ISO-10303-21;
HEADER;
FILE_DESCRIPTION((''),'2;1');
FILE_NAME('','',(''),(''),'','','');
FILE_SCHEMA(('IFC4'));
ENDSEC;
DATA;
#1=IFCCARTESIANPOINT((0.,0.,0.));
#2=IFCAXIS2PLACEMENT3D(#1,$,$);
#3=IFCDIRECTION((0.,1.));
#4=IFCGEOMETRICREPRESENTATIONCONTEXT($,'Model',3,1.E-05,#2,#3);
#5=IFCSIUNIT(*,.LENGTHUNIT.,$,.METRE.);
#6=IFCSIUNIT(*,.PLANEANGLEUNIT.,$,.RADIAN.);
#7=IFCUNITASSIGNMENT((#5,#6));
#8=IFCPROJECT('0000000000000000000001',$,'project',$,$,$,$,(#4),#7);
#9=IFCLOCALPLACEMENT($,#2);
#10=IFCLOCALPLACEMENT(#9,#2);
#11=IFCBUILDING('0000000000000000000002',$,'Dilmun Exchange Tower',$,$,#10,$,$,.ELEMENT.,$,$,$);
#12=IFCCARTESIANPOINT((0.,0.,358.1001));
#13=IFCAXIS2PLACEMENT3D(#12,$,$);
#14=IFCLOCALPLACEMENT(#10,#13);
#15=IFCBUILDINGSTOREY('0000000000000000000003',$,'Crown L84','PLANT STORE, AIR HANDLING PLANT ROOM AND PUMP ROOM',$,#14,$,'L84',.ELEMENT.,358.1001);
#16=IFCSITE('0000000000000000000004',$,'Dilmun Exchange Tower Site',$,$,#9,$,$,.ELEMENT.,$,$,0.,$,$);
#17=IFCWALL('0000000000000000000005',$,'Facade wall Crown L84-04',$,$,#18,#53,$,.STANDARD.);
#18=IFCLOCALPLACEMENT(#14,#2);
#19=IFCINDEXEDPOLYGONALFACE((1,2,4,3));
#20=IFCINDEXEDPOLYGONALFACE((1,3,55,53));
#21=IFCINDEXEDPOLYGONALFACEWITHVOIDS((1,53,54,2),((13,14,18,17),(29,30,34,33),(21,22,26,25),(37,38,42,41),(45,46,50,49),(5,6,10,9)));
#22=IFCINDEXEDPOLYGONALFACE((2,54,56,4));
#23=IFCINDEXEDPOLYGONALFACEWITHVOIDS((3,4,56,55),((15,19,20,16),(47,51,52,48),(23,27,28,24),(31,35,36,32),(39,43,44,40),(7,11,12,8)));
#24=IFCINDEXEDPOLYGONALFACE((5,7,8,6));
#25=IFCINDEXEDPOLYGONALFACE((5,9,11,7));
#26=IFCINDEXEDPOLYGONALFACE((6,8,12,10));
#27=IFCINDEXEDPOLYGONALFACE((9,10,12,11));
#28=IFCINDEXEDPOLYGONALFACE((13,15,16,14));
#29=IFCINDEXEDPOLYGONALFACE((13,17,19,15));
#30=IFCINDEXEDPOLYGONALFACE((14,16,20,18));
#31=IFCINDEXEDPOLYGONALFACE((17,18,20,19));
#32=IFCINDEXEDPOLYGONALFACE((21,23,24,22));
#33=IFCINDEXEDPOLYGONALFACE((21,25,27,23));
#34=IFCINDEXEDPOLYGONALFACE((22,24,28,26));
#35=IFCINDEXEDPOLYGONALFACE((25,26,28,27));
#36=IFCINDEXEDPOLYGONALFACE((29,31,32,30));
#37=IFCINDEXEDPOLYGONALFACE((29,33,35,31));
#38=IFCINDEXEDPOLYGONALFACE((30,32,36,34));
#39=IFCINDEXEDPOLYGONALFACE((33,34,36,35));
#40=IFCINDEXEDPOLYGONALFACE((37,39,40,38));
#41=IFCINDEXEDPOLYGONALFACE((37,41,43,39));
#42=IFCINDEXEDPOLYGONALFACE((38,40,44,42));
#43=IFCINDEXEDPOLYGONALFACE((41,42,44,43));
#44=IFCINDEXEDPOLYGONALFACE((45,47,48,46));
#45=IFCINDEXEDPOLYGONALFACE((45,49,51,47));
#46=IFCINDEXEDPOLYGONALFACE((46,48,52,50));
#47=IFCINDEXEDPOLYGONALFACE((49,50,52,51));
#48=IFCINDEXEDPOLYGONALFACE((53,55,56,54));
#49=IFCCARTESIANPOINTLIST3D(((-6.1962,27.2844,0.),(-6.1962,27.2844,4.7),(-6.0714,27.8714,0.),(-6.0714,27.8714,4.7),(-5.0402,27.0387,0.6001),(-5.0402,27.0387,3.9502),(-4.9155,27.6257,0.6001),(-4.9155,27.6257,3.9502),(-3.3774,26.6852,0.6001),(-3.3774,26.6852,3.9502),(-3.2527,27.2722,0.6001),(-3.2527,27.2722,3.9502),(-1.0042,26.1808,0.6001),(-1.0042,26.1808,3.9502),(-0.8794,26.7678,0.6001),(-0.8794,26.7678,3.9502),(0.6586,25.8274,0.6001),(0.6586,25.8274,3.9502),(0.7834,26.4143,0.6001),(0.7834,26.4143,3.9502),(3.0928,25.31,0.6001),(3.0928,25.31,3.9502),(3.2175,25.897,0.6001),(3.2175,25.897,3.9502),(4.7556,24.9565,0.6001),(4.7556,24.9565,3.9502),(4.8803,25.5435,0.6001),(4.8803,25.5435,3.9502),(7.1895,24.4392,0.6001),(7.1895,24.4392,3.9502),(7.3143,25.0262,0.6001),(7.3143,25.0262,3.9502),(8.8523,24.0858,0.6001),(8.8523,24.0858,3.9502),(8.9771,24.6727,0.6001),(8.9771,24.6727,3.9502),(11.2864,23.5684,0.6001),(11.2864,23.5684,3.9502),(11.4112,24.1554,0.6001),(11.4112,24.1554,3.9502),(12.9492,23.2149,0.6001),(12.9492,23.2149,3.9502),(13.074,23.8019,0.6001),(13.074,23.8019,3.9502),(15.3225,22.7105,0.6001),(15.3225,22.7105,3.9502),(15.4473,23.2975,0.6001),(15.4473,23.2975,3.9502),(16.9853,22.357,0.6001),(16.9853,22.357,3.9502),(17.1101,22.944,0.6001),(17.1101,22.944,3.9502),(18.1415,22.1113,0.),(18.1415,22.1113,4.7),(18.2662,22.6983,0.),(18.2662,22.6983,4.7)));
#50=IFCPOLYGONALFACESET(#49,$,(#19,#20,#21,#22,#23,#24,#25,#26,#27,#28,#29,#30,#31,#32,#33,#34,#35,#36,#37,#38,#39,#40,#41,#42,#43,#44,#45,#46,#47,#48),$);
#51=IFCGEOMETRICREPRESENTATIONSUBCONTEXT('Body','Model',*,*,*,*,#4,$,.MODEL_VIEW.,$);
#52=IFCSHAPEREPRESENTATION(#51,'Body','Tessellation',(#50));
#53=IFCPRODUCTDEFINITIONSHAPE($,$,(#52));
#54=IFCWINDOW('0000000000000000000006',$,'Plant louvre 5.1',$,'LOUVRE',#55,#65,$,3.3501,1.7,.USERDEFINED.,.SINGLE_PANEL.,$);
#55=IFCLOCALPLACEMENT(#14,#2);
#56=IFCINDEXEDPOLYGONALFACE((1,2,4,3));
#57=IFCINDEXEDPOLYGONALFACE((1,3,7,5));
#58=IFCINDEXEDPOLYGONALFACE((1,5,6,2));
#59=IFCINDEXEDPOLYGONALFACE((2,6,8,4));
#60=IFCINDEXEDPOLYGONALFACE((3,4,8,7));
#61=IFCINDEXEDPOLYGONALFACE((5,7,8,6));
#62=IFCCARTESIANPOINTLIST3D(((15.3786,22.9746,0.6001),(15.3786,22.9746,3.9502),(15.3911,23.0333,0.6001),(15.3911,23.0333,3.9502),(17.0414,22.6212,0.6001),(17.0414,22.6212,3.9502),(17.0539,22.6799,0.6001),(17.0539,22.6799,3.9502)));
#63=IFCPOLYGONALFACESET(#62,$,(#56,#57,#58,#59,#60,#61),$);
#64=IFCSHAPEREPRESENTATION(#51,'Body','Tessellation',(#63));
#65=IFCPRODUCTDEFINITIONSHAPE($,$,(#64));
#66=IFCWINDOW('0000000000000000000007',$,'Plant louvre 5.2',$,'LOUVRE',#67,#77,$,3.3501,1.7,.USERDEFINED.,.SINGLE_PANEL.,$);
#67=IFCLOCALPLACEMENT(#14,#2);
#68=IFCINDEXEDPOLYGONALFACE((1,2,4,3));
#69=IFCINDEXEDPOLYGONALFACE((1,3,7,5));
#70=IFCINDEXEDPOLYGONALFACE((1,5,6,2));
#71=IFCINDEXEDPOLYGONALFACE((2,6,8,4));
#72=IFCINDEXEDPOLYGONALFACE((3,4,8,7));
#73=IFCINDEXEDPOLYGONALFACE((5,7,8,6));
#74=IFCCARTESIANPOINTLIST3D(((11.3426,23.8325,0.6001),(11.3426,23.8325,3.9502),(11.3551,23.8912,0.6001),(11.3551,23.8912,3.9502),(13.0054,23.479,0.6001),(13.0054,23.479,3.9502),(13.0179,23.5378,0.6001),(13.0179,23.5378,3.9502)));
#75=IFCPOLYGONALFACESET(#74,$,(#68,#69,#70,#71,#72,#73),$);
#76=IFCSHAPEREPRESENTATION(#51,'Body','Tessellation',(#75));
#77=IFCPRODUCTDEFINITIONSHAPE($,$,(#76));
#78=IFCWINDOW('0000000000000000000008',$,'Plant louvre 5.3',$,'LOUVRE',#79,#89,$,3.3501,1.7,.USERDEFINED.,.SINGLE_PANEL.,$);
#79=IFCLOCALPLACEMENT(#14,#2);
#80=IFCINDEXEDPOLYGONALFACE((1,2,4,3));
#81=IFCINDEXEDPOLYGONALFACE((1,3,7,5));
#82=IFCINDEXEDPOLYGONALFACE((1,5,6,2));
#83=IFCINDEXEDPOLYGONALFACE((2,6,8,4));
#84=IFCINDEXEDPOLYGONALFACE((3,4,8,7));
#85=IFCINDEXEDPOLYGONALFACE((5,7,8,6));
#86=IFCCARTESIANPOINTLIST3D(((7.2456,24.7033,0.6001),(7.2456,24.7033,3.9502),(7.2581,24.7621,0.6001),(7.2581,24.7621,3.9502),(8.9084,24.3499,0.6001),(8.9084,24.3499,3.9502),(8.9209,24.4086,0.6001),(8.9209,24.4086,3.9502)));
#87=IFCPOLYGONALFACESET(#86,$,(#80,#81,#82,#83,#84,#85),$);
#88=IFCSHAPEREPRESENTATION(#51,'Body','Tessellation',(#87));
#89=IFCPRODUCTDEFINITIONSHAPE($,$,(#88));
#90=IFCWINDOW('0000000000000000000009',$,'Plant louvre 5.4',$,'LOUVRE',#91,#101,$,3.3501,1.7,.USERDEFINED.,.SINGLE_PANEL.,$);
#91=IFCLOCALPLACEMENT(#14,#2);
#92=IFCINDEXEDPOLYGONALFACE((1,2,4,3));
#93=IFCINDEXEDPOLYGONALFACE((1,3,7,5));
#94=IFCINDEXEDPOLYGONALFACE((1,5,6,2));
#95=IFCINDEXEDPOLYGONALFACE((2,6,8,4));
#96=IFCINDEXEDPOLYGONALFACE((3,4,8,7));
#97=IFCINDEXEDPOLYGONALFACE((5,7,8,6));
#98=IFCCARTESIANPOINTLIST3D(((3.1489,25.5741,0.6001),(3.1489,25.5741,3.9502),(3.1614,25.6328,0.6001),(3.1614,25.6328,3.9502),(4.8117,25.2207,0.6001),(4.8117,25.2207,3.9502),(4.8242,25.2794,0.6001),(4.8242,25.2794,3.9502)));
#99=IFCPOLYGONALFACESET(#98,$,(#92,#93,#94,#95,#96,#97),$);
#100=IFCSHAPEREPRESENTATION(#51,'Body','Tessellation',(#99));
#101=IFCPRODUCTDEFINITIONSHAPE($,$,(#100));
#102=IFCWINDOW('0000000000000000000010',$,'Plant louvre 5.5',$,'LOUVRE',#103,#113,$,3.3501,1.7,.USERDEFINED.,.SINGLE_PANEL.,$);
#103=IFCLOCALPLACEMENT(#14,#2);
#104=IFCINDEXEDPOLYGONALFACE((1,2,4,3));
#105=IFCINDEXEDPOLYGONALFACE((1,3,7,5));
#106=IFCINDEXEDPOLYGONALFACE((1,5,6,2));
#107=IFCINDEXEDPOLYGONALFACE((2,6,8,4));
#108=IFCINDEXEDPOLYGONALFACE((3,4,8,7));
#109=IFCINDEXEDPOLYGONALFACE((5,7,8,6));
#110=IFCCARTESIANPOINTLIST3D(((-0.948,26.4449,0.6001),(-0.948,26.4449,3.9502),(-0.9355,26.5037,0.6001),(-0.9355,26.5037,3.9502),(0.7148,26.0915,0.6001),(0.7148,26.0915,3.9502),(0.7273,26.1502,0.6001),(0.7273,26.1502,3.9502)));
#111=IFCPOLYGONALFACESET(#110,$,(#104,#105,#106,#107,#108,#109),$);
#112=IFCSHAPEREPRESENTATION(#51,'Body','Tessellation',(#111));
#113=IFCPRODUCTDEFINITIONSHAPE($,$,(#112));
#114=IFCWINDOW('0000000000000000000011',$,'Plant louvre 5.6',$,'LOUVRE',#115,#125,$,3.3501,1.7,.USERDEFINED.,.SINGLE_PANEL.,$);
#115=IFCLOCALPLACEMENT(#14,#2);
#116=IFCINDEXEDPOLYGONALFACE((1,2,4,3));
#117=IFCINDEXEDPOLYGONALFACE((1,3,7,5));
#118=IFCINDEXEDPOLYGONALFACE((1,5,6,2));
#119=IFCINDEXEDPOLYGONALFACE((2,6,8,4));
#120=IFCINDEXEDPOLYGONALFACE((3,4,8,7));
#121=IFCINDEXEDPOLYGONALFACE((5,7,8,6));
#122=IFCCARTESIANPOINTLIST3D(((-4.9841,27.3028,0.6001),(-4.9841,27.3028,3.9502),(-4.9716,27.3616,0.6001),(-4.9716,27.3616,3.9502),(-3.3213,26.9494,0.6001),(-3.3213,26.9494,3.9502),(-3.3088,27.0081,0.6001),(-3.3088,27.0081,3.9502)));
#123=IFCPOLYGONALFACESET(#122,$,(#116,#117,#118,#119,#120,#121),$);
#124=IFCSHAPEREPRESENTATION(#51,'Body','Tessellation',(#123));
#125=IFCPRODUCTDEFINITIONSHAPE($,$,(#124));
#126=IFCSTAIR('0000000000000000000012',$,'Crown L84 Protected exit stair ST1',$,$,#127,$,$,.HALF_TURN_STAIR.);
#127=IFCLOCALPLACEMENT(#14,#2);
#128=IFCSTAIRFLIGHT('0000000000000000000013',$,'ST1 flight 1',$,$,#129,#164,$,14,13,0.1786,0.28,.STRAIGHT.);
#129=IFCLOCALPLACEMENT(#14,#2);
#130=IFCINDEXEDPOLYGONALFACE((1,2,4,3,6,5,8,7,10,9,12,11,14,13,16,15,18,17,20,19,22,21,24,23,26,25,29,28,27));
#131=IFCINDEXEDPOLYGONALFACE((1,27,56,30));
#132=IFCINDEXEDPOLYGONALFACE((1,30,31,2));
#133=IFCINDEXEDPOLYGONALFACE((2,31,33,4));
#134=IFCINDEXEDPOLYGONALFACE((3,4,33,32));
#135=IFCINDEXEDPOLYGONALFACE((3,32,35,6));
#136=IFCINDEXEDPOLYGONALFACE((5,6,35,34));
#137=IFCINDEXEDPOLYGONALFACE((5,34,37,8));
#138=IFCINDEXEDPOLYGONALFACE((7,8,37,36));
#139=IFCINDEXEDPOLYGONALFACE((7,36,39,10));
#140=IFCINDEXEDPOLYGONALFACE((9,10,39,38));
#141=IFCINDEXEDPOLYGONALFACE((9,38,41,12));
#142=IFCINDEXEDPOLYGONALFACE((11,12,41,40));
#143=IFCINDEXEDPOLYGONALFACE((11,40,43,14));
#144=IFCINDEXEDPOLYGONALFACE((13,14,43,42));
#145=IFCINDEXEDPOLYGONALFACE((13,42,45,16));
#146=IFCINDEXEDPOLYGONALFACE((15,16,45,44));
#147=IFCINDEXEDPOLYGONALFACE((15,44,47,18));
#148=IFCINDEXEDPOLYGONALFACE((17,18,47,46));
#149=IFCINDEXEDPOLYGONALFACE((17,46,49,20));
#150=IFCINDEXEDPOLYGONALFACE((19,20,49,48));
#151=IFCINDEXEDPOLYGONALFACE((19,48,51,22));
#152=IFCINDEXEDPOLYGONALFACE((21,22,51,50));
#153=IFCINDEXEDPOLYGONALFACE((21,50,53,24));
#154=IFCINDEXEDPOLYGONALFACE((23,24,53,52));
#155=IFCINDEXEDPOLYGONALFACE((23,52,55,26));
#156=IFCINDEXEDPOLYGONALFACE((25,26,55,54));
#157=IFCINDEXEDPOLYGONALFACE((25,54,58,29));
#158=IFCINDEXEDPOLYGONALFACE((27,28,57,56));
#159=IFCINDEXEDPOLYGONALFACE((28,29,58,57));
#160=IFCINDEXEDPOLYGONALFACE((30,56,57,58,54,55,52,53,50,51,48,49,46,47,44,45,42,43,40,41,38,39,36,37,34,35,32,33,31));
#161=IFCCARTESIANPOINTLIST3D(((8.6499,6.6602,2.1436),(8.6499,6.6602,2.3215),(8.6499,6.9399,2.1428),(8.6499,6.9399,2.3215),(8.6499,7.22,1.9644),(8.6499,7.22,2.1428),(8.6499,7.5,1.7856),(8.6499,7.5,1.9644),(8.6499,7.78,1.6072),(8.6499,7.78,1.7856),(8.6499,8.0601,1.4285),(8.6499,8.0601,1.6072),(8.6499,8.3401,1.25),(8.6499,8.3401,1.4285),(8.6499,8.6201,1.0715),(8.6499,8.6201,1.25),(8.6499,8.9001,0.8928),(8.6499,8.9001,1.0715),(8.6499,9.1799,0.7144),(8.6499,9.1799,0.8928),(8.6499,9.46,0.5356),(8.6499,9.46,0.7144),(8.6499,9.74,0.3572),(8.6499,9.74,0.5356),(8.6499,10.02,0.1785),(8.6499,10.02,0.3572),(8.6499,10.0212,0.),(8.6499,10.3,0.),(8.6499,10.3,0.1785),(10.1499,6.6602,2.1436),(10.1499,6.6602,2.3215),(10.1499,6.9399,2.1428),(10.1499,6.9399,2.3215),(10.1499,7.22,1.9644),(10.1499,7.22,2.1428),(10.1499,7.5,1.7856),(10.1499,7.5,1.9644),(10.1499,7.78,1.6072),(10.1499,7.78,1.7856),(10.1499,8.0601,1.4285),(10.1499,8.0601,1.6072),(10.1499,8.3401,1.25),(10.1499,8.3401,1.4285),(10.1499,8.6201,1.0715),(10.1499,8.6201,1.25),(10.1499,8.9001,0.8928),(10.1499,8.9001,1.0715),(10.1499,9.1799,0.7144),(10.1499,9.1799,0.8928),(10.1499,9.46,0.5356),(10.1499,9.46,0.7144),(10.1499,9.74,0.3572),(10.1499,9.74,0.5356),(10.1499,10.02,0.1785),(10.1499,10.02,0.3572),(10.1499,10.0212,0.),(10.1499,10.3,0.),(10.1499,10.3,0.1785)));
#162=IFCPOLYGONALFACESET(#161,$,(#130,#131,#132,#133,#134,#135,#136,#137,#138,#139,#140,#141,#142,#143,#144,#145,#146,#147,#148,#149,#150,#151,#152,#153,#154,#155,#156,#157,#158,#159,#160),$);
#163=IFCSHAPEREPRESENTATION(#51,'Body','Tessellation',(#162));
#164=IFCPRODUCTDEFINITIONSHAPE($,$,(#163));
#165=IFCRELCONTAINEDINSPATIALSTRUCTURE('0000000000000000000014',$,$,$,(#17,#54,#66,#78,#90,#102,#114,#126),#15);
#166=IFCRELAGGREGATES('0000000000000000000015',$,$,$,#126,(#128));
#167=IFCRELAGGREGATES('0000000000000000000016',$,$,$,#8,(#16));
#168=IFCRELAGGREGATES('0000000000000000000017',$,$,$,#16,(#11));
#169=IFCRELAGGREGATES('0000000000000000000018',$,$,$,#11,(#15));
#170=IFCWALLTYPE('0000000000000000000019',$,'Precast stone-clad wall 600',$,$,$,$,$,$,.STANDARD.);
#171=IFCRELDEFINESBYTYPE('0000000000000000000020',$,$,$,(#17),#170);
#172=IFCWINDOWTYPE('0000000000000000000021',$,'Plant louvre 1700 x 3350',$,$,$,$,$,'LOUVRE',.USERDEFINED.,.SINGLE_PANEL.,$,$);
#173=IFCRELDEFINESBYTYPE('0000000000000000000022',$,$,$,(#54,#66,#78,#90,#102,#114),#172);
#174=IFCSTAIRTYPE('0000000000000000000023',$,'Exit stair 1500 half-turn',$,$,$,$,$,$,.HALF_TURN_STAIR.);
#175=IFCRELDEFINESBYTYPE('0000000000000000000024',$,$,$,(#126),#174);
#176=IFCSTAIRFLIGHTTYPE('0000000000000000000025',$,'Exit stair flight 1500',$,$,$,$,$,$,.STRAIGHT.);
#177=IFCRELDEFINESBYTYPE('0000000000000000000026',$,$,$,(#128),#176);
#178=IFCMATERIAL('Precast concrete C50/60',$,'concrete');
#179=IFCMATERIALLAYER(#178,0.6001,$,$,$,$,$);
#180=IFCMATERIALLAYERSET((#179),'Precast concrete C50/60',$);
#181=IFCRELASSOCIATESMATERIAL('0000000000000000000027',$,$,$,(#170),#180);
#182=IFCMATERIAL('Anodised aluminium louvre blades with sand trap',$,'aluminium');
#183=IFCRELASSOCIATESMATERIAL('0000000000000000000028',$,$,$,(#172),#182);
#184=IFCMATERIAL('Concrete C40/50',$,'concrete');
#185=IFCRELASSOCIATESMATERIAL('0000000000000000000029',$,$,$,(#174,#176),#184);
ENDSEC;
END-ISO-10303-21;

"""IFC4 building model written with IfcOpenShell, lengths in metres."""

from ifc_helpers import new_model, si_unit, direction, frame, frame_2d, origin, place, context, subcontext, project, spatial, polyline, rectangle, outline, extrude, material, layer, layer_set, type_object, element, fill, aggregate, save


model = new_model("IFC4")

# Units and contexts
model_context = context("Model", 3, precision=1e-05, world=origin(), true_north=direction((0.0, 1.0)))
body_context = subcontext(model_context, "Body", "Model", "MODEL_VIEW")
ifc_project = project(units=[si_unit("LENGTHUNIT", "METRE"), si_unit("PLANEANGLEUNIT", "RADIAN")], contexts=[model_context])

# Site, building, storey
site_placement = place(None, origin())
site = spatial("IfcSite", under=ifc_project, at=site_placement, Name="Dilmun Exchange Tower Site", CompositionType="ELEMENT", RefElevation=0.0)
building_placement = place(site_placement, origin())
building = spatial("IfcBuilding", under=site, at=building_placement, Name="Dilmun Exchange Tower", CompositionType="ELEMENT")
storey_placement = place(building_placement, frame((0.0, 0.0, 358.1001)))
storey = spatial("IfcBuildingStorey", under=building, at=storey_placement, Name="Crown L84", Description="PLANT STORE, AIR HANDLING PLANT ROOM AND PUMP ROOM", LongName="L84", CompositionType="ELEMENT", Elevation=358.1001)

# Wall, openings, windows
ifc_material_1 = material(Name="Precast concrete C50/60", Category="concrete")
ifc_layer_1 = layer(ifc_material_1, 0.6001)
ifc_layer_set_1 = layer_set([ifc_layer_1], Name="Precast concrete C50/60")
wall_type_1 = type_object("IfcWallType", Name="Precast stone-clad wall 600", PredefinedType="STANDARD", material=ifc_layer_set_1)
ifc_material_2 = material(Name="Anodised aluminium louvre blades with sand trap", Category="aluminium")
wall_1_placement = place(storey_placement, frame((18.2039, 22.4048, 0.0), z_axis=(0.0, 0.0, 1.0), x_axis=(-0.978148, 0.207911, 0.0)))
wall_1 = element("IfcWall", 1, at=wall_1_placement, inside=storey, type_object=wall_type_1, Name="Facade wall Crown L84-04", PredefinedType="STANDARD", context=body_context, shape_type="SweptSolid", body=[
    extrude(rectangle(XDim=24.8813, YDim=0.6001, at=frame_2d((12.4407, 0.0))), origin(), (0.0, 0.0, 1.0), 4.7),
])
opening_1_placement = place(wall_1_placement, frame((1.1819, 0.0, 0.6001)))
opening_1 = element("IfcOpeningElement", 2, at=opening_1_placement, cuts=wall_1, PredefinedType="OPENING", context=body_context, shape_type="SweptSolid", body=[
    extrude(rectangle(XDim=1.7, YDim=3.3501, at=frame_2d((0.8501, 1.675))), frame((0.0, 0.3101, 0.0), z_axis=(0.0, -1.0, 0.0), x_axis=(1.0, 0.0, 0.0)), (0.0, 0.0, 1.0), 0.6201),
])
opening_2_placement = place(wall_1_placement, frame((5.3081, 0.0, 0.6001)))
opening_2 = element("IfcOpeningElement", 3, at=opening_2_placement, cuts=wall_1, PredefinedType="OPENING", context=body_context, shape_type="SweptSolid", body=[
    extrude(rectangle(XDim=1.7, YDim=3.3501, at=frame_2d((0.8501, 1.675))), frame((0.0, 0.3101, 0.0), z_axis=(0.0, -1.0, 0.0), x_axis=(1.0, 0.0, 0.0)), (0.0, 0.0, 1.0), 0.6201),
])
opening_3_placement = place(wall_1_placement, frame((9.4966, 0.0, 0.6001)))
opening_3 = element("IfcOpeningElement", 4, at=opening_3_placement, cuts=wall_1, PredefinedType="OPENING", context=body_context, shape_type="SweptSolid", body=[
    extrude(rectangle(XDim=1.7, YDim=3.3501, at=frame_2d((0.8501, 1.675))), frame((0.0, 0.3101, 0.0), z_axis=(0.0, -1.0, 0.0), x_axis=(1.0, 0.0, 0.0)), (0.0, 0.0, 1.0), 0.6201),
])
opening_4_placement = place(wall_1_placement, frame((13.6848, 0.0, 0.6001)))
opening_4 = element("IfcOpeningElement", 5, at=opening_4_placement, cuts=wall_1, PredefinedType="OPENING", context=body_context, shape_type="SweptSolid", body=[
    extrude(rectangle(XDim=1.7, YDim=3.3501, at=frame_2d((0.8501, 1.675))), frame((0.0, 0.3101, 0.0), z_axis=(0.0, -1.0, 0.0), x_axis=(1.0, 0.0, 0.0)), (0.0, 0.0, 1.0), 0.6201),
])
opening_5_placement = place(wall_1_placement, frame((17.8733, 0.0, 0.6001)))
opening_5 = element("IfcOpeningElement", 6, at=opening_5_placement, cuts=wall_1, PredefinedType="OPENING", context=body_context, shape_type="SweptSolid", body=[
    extrude(rectangle(XDim=1.7, YDim=3.3501, at=frame_2d((0.8501, 1.675))), frame((0.0, 0.3101, 0.0), z_axis=(0.0, -1.0, 0.0), x_axis=(1.0, 0.0, 0.0)), (0.0, 0.0, 1.0), 0.6201),
])
opening_6_placement = place(wall_1_placement, frame((21.9995, 0.0, 0.6001)))
opening_6 = element("IfcOpeningElement", 7, at=opening_6_placement, cuts=wall_1, PredefinedType="OPENING", context=body_context, shape_type="SweptSolid", body=[
    extrude(rectangle(XDim=1.7, YDim=3.3501, at=frame_2d((0.8501, 1.675))), frame((0.0, 0.3101, 0.0), z_axis=(0.0, -1.0, 0.0), x_axis=(1.0, 0.0, 0.0)), (0.0, 0.0, 1.0), 0.6201),
])
window_type_1 = type_object("IfcWindowType", Name="Plant louvre 1700 x 3350", ElementType="LOUVRE", PartitioningType="SINGLE_PANEL", PredefinedType="USERDEFINED", material=ifc_material_2)
window_1_placement = place(opening_1_placement, origin())
window_1 = element("IfcWindow", 8, at=window_1_placement, inside=storey, type_object=window_type_1, Name="Plant louvre 5.1", ObjectType="LOUVRE", OverallHeight=3.3501, OverallWidth=1.7, PartitioningType="SINGLE_PANEL", PredefinedType="USERDEFINED", context=body_context, shape_type="SweptSolid", body=[
    extrude(rectangle(XDim=1.7, YDim=3.3501, at=frame_2d((0.8501, 1.675))), frame((0.0, 0.03, 0.0), z_axis=(0.0, -1.0, 0.0), x_axis=(1.0, 0.0, 0.0)), (0.0, 0.0, 1.0), 0.0601),
])
fill(opening_1, window_1)
window_2_placement = place(opening_2_placement, origin())
window_2 = element("IfcWindow", 9, at=window_2_placement, inside=storey, type_object=window_type_1, Name="Plant louvre 5.2", ObjectType="LOUVRE", OverallHeight=3.3501, OverallWidth=1.7, PartitioningType="SINGLE_PANEL", PredefinedType="USERDEFINED", context=body_context, shape_type="SweptSolid", body=[
    extrude(rectangle(XDim=1.7, YDim=3.3501, at=frame_2d((0.8501, 1.675))), frame((0.0, 0.03, 0.0), z_axis=(0.0, -1.0, 0.0), x_axis=(1.0, 0.0, 0.0)), (0.0, 0.0, 1.0), 0.0601),
])
fill(opening_2, window_2)
window_3_placement = place(opening_3_placement, origin())
window_3 = element("IfcWindow", 10, at=window_3_placement, inside=storey, type_object=window_type_1, Name="Plant louvre 5.3", ObjectType="LOUVRE", OverallHeight=3.3501, OverallWidth=1.7, PartitioningType="SINGLE_PANEL", PredefinedType="USERDEFINED", context=body_context, shape_type="SweptSolid", body=[
    extrude(rectangle(XDim=1.7, YDim=3.3501, at=frame_2d((0.8501, 1.675))), frame((0.0, 0.03, 0.0), z_axis=(0.0, -1.0, 0.0), x_axis=(1.0, 0.0, 0.0)), (0.0, 0.0, 1.0), 0.0601),
])
fill(opening_3, window_3)
window_4_placement = place(opening_4_placement, origin())
window_4 = element("IfcWindow", 11, at=window_4_placement, inside=storey, type_object=window_type_1, Name="Plant louvre 5.4", ObjectType="LOUVRE", OverallHeight=3.3501, OverallWidth=1.7, PartitioningType="SINGLE_PANEL", PredefinedType="USERDEFINED", context=body_context, shape_type="SweptSolid", body=[
    extrude(rectangle(XDim=1.7, YDim=3.3501, at=frame_2d((0.8501, 1.675))), frame((0.0, 0.03, 0.0), z_axis=(0.0, -1.0, 0.0), x_axis=(1.0, 0.0, 0.0)), (0.0, 0.0, 1.0), 0.0601),
])
fill(opening_4, window_4)
window_5_placement = place(opening_5_placement, origin())
window_5 = element("IfcWindow", 12, at=window_5_placement, inside=storey, type_object=window_type_1, Name="Plant louvre 5.5", ObjectType="LOUVRE", OverallHeight=3.3501, OverallWidth=1.7, PartitioningType="SINGLE_PANEL", PredefinedType="USERDEFINED", context=body_context, shape_type="SweptSolid", body=[
    extrude(rectangle(XDim=1.7, YDim=3.3501, at=frame_2d((0.8501, 1.675))), frame((0.0, 0.03, 0.0), z_axis=(0.0, -1.0, 0.0), x_axis=(1.0, 0.0, 0.0)), (0.0, 0.0, 1.0), 0.0601),
])
fill(opening_5, window_5)
window_6_placement = place(opening_6_placement, origin())
window_6 = element("IfcWindow", 13, at=window_6_placement, inside=storey, type_object=window_type_1, Name="Plant louvre 5.6", ObjectType="LOUVRE", OverallHeight=3.3501, OverallWidth=1.7, PartitioningType="SINGLE_PANEL", PredefinedType="USERDEFINED", context=body_context, shape_type="SweptSolid", body=[
    extrude(rectangle(XDim=1.7, YDim=3.3501, at=frame_2d((0.8501, 1.675))), frame((0.0, 0.03, 0.0), z_axis=(0.0, -1.0, 0.0), x_axis=(1.0, 0.0, 0.0)), (0.0, 0.0, 1.0), 0.0601),
])
fill(opening_6, window_6)

# Stair, stair flight
ifc_material_3 = material(Name="Concrete C40/50", Category="concrete")
stair_type = type_object("IfcStairType", Name="Exit stair 1500 half-turn", PredefinedType="HALF_TURN_STAIR", material=ifc_material_3)
stair_placement = place(storey_placement, origin())
stair = element("IfcStair", 14, at=stair_placement, inside=storey, type_object=stair_type, Name="Crown L84 Protected exit stair ST1", PredefinedType="HALF_TURN_STAIR")
stair_flight_type = type_object("IfcStairFlightType", Name="Exit stair flight 1500", PredefinedType="STRAIGHT", material=ifc_material_3)
stair_flight_placement = place(storey_placement, frame((9.3999, 10.3, 0.0), z_axis=(0.0, 0.0, 1.0), x_axis=(0.0, -1.0, 0.0)))
stair_flight = element("IfcStairFlight", 15, at=stair_flight_placement, type_object=stair_flight_type, Name="ST1 flight 1", NumberOfRisers=14, NumberOfTreads=13, PredefinedType="STRAIGHT", RiserHeight=0.1786, TreadLength=0.28, context=body_context, shape_type="SweptSolid", body=[
    extrude(outline(polyline([(0.0, 0.0), (0.0, 0.1785), (0.28, 0.1785), (0.28, 0.3572), (0.5601, 0.3572), (0.5601, 0.5356), (0.8401, 0.5356), (0.8401, 0.7144), (1.1201, 0.7144), (1.1201, 0.8928), (1.3999, 0.8928), (1.3999, 1.0715), (1.6799, 1.0715), (1.6799, 1.25), (1.96, 1.25), (1.96, 1.4285), (2.24, 1.4285), (2.24, 1.6072), (2.52, 1.6072), (2.52, 1.7856), (2.8, 1.7856), (2.8, 1.9644), (3.0801, 1.9644), (3.0801, 2.1428), (3.3601, 2.1428), (3.3601, 2.3215), (3.6399, 2.3215), (3.6399, 2.5), (3.6399, 2.1436), (0.2788, 0.0), (0.0, 0.0)])), frame((0.0, 0.75, 0.0), z_axis=(0.0, -1.0, 0.0), x_axis=(1.0, 0.0, 0.0)), (0.0, 0.0, 1.0), 1.5),
])
aggregate(stair, [stair_flight])

save(model, "model.ifc")
